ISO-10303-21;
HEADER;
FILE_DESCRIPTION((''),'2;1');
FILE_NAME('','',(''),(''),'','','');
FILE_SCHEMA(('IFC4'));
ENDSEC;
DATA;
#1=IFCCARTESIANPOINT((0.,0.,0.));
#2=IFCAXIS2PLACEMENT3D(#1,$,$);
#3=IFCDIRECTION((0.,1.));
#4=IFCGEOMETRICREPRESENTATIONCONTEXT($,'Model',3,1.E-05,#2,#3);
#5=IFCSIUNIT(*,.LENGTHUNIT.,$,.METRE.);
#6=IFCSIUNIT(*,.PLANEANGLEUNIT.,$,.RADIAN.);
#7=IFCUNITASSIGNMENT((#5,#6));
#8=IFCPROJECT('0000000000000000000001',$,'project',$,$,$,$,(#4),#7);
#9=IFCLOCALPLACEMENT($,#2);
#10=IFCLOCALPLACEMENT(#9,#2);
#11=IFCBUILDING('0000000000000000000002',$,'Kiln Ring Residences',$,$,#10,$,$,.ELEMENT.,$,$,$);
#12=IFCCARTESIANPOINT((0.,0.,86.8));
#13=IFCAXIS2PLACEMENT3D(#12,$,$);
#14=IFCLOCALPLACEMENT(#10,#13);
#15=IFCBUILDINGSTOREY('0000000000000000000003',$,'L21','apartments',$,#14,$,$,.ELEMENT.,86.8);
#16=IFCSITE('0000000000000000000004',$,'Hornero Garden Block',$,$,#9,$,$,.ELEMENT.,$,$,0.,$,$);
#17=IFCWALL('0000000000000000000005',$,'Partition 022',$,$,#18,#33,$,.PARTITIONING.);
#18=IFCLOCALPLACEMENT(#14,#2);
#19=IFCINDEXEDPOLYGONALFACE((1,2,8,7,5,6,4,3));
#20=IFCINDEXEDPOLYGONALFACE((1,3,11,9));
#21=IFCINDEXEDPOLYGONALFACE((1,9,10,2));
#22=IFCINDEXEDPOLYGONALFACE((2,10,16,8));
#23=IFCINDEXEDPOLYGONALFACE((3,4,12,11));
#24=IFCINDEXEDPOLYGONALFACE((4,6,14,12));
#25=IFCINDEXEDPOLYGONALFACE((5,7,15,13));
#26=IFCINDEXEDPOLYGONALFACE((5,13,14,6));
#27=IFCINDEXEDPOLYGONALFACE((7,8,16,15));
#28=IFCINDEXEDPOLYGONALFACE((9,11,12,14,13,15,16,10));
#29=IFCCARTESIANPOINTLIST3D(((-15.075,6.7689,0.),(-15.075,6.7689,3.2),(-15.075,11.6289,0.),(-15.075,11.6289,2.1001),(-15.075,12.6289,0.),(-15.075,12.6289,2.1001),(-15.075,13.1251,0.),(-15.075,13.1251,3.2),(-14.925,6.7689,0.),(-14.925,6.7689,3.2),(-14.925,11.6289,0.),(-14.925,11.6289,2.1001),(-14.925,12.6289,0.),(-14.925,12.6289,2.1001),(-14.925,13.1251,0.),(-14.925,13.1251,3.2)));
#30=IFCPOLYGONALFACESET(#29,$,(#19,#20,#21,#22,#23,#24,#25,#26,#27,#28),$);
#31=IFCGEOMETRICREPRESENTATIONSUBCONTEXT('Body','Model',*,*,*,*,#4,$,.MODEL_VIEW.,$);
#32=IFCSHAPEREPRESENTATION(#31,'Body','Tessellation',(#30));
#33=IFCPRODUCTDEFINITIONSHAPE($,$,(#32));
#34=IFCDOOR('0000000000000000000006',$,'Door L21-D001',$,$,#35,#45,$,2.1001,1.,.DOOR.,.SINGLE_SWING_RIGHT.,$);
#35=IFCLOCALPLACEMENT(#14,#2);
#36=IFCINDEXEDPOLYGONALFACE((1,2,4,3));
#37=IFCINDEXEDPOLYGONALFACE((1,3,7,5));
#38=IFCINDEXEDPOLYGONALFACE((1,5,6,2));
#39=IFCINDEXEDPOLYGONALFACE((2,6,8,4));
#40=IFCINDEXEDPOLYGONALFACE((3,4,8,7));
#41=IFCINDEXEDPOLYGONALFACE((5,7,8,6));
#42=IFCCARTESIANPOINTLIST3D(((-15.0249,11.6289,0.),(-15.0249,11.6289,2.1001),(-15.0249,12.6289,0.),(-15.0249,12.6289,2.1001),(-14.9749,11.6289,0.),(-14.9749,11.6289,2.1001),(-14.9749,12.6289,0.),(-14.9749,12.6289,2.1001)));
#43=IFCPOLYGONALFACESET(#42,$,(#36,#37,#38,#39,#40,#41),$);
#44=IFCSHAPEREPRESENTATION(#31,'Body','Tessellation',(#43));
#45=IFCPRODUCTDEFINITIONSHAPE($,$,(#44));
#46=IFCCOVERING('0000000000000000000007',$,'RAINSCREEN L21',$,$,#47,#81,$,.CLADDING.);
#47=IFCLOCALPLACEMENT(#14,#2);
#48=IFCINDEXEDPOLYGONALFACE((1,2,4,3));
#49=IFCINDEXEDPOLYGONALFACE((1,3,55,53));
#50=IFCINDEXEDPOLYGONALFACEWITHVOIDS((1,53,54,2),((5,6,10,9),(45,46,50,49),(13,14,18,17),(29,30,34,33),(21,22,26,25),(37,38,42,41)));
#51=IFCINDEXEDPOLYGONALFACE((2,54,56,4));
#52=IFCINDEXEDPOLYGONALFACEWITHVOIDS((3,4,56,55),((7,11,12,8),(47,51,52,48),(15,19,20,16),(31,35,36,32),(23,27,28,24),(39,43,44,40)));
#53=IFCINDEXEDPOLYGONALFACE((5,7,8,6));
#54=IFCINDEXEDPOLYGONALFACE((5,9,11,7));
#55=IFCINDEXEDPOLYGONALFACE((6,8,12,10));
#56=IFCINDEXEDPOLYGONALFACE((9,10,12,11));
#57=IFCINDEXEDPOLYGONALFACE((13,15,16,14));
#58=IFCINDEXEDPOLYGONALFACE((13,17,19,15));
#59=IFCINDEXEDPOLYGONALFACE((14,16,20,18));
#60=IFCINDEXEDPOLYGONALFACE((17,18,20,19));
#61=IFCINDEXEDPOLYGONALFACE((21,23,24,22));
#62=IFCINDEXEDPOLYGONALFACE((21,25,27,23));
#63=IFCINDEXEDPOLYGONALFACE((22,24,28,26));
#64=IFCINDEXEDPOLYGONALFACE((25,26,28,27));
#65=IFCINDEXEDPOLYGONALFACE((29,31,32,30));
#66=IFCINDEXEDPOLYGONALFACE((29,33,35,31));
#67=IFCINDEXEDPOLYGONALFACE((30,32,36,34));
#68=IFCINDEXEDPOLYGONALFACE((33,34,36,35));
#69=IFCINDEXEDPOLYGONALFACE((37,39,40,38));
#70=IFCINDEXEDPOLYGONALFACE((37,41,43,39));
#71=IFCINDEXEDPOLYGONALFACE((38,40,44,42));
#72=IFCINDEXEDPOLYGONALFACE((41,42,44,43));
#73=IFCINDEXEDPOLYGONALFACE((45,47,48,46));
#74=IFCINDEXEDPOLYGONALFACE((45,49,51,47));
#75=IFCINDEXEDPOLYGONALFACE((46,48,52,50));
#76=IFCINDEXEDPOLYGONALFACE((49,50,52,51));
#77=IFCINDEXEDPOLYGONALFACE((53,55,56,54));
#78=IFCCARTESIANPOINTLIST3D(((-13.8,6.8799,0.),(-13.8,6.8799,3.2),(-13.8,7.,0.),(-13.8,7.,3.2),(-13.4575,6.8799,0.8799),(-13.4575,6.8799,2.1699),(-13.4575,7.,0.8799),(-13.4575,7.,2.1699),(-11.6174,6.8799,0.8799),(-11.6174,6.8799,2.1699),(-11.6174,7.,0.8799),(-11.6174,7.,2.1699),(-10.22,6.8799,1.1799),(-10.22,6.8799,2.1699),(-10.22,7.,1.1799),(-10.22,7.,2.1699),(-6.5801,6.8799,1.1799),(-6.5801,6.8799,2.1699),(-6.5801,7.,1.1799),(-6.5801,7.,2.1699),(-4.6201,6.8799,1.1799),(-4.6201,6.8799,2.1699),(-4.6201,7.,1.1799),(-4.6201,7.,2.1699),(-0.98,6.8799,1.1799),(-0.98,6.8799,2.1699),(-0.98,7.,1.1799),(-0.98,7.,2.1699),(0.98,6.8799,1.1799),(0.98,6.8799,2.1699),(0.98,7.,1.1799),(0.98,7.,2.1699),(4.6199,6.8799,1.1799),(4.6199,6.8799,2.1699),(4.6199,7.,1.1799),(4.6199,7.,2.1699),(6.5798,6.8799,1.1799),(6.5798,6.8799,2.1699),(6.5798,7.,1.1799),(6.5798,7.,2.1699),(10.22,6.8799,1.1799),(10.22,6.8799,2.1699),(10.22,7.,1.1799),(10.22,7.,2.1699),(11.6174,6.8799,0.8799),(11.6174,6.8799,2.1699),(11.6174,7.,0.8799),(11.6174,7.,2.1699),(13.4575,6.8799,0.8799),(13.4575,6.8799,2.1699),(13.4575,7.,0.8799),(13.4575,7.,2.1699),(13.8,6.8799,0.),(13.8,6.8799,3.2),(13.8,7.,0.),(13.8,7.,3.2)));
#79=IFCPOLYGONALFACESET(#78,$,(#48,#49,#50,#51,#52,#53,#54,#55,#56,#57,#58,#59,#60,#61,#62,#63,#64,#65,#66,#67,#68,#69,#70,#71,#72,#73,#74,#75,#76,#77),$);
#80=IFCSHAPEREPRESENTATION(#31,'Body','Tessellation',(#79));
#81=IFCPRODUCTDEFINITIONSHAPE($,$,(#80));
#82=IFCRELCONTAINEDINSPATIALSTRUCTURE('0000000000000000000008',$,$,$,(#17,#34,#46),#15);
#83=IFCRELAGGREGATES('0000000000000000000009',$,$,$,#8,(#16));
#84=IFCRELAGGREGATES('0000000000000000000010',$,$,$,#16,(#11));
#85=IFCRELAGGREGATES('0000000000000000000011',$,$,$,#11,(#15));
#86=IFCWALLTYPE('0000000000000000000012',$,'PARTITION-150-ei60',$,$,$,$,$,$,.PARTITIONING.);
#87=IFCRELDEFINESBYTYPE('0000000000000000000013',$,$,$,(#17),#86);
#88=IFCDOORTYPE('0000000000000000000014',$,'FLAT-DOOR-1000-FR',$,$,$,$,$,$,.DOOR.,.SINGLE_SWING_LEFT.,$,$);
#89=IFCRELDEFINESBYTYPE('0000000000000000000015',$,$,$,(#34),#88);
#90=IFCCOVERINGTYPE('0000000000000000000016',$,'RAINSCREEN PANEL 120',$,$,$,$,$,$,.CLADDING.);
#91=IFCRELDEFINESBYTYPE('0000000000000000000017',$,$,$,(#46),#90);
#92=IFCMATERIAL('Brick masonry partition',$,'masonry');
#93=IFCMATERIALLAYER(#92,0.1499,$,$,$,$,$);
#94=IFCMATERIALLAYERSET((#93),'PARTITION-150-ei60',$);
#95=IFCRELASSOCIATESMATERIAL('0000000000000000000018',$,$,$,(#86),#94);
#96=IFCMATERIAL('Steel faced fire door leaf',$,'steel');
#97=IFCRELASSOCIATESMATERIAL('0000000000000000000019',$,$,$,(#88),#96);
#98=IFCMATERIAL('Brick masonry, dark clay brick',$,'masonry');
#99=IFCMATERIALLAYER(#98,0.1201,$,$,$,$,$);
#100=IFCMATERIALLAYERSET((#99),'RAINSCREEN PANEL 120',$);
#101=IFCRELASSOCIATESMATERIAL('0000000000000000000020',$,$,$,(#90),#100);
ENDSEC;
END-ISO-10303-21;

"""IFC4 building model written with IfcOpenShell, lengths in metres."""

from ifc_helpers import new_model, si_unit, direction, frame, frame_2d, origin, place, context, subcontext, project, spatial, polyline, rectangle, outline, extrude, material, layer, layer_set, type_object, element, fill, save


model = new_model("IFC4")

# Units and contexts
model_context = context("Model", 3, precision=1e-05, world=origin(), true_north=direction((0.0, 1.0)))
body_context = subcontext(model_context, "Body", "Model", "MODEL_VIEW")
ifc_project = project(units=[si_unit("LENGTHUNIT", "METRE"), si_unit("PLANEANGLEUNIT", "RADIAN")], contexts=[model_context])

# Site, building, storey
site_placement = place(None, origin())
site = spatial("IfcSite", under=ifc_project, at=site_placement, Name="Hornero Garden Block", CompositionType="ELEMENT", RefElevation=0.0)
building_placement = place(site_placement, origin())
building = spatial("IfcBuilding", under=site, at=building_placement, Name="Kiln Ring Residences", CompositionType="ELEMENT")
storey_placement = place(building_placement, frame((0.0, 0.0, 86.8)))
storey = spatial("IfcBuildingStorey", under=building, at=storey_placement, Name="L21", Description="apartments", CompositionType="ELEMENT", Elevation=86.8)

# Wall, opening, door
ifc_material_1 = material(Name="Brick masonry partition", Category="masonry")
ifc_layer_1 = layer(ifc_material_1, 0.1499)
ifc_layer_set_1 = layer_set([ifc_layer_1], Name="PARTITION-150-ei60")
wall_type_1 = type_object("IfcWallType", Name="PARTITION-150-ei60", PredefinedType="PARTITIONING", material=ifc_layer_set_1)
wall_1_placement = place(storey_placement, frame((-15.0, 6.7688, 0.0), z_axis=(0.0, 0.0, 1.0), x_axis=(0.0, 1.0, 0.0)))
wall_1 = element("IfcWall", 1, at=wall_1_placement, inside=storey, type_object=wall_type_1, Name="Partition 022", PredefinedType="PARTITIONING", context=body_context, shape_type="SweptSolid", body=[
    extrude(rectangle(XDim=6.3562, YDim=0.1499, at=frame_2d((3.1782, 0.0))), origin(), (0.0, 0.0, 1.0), 3.2),
])
opening_1_placement = place(wall_1_placement, frame((4.8601, 0.0, 0.0)))
opening_1 = element("IfcOpeningElement", 2, at=opening_1_placement, cuts=wall_1, PredefinedType="OPENING", context=body_context, shape_type="SweptSolid", body=[
    extrude(rectangle(XDim=1.0, YDim=2.1001, at=frame_2d((0.5, 1.05))), frame((0.0, 0.085, 0.0), z_axis=(0.0, -1.0, 0.0), x_axis=(1.0, 0.0, 0.0)), (0.0, 0.0, 1.0), 0.1699),
])
ifc_material_2 = material(Name="Steel faced fire door leaf", Category="steel")
door_type = type_object("IfcDoorType", Name="FLAT-DOOR-1000-FR", OperationType="SINGLE_SWING_LEFT", PredefinedType="DOOR", material=ifc_material_2)
door_placement = place(opening_1_placement, origin())
door = element("IfcDoor", 3, at=door_placement, inside=storey, type_object=door_type, Name="Door L21-D001", OperationType="SINGLE_SWING_RIGHT", OverallHeight=2.1001, OverallWidth=1.0, PredefinedType="DOOR", context=body_context, shape_type="SweptSolid", body=[
    extrude(rectangle(XDim=1.0, YDim=2.1001, at=frame_2d((0.5, 1.05))), frame((0.0, 0.0249, 0.0), z_axis=(0.0, -1.0, 0.0), x_axis=(1.0, 0.0, 0.0)), (0.0, 0.0, 1.0), 0.05),
])
fill(opening_1, door)

# Covering
ifc_material_3 = material(Name="Brick masonry, dark clay brick", Category="masonry")
ifc_layer_2 = layer(ifc_material_3, 0.1201)
ifc_layer_set_2 = layer_set([ifc_layer_2], Name="RAINSCREEN PANEL 120")
covering_type = type_object("IfcCoveringType", Name="RAINSCREEN PANEL 120", PredefinedType="CLADDING", material=ifc_layer_set_2)
covering_placement = place(storey_placement, frame((-13.8, 6.9399, 0.0), z_axis=(0.0, 0.0, 1.0), x_axis=(1.0, 0.0, 0.0)))
element("IfcCovering", 4, at=covering_placement, inside=storey, type_object=covering_type, Name="RAINSCREEN L21", PredefinedType="CLADDING", context=body_context, shape_type="SweptSolid", body=[
    extrude(outline(polyline([(0.0, 0.0), (27.6001, 0.0), (27.6001, 3.2), (0.0, 3.2), (0.0, 0.0)]), holes=[polyline([(2.1826, 0.8799), (2.1826, 2.1699), (0.3425, 2.1699), (0.3425, 0.8799), (2.1826, 0.8799)]), polyline([(25.4175, 0.8799), (27.2576, 0.8799), (27.2576, 2.1699), (25.4175, 2.1699), (25.4175, 0.8799)]), polyline([(3.5801, 1.1799), (7.22, 1.1799), (7.22, 2.1699), (3.5801, 2.1699), (3.5801, 1.1799)]), polyline([(12.8201, 1.1799), (12.8201, 2.1699), (9.1799, 2.1699), (9.1799, 1.1799), (12.8201, 1.1799)]), polyline([(14.78, 1.1799), (18.4199, 1.1799), (18.4199, 2.1699), (14.78, 2.1699), (14.78, 1.1799)]), polyline([(20.3799, 1.1799), (24.02, 1.1799), (24.02, 2.1699), (20.3799, 2.1699), (20.3799, 1.1799)])]), frame((0.0, 0.0601, 0.0), z_axis=(0.0, -1.0, 0.0), x_axis=(1.0, 0.0, 0.0)), (0.0, 0.0, 1.0), 0.1201),
])

save(model, "model.ifc")
